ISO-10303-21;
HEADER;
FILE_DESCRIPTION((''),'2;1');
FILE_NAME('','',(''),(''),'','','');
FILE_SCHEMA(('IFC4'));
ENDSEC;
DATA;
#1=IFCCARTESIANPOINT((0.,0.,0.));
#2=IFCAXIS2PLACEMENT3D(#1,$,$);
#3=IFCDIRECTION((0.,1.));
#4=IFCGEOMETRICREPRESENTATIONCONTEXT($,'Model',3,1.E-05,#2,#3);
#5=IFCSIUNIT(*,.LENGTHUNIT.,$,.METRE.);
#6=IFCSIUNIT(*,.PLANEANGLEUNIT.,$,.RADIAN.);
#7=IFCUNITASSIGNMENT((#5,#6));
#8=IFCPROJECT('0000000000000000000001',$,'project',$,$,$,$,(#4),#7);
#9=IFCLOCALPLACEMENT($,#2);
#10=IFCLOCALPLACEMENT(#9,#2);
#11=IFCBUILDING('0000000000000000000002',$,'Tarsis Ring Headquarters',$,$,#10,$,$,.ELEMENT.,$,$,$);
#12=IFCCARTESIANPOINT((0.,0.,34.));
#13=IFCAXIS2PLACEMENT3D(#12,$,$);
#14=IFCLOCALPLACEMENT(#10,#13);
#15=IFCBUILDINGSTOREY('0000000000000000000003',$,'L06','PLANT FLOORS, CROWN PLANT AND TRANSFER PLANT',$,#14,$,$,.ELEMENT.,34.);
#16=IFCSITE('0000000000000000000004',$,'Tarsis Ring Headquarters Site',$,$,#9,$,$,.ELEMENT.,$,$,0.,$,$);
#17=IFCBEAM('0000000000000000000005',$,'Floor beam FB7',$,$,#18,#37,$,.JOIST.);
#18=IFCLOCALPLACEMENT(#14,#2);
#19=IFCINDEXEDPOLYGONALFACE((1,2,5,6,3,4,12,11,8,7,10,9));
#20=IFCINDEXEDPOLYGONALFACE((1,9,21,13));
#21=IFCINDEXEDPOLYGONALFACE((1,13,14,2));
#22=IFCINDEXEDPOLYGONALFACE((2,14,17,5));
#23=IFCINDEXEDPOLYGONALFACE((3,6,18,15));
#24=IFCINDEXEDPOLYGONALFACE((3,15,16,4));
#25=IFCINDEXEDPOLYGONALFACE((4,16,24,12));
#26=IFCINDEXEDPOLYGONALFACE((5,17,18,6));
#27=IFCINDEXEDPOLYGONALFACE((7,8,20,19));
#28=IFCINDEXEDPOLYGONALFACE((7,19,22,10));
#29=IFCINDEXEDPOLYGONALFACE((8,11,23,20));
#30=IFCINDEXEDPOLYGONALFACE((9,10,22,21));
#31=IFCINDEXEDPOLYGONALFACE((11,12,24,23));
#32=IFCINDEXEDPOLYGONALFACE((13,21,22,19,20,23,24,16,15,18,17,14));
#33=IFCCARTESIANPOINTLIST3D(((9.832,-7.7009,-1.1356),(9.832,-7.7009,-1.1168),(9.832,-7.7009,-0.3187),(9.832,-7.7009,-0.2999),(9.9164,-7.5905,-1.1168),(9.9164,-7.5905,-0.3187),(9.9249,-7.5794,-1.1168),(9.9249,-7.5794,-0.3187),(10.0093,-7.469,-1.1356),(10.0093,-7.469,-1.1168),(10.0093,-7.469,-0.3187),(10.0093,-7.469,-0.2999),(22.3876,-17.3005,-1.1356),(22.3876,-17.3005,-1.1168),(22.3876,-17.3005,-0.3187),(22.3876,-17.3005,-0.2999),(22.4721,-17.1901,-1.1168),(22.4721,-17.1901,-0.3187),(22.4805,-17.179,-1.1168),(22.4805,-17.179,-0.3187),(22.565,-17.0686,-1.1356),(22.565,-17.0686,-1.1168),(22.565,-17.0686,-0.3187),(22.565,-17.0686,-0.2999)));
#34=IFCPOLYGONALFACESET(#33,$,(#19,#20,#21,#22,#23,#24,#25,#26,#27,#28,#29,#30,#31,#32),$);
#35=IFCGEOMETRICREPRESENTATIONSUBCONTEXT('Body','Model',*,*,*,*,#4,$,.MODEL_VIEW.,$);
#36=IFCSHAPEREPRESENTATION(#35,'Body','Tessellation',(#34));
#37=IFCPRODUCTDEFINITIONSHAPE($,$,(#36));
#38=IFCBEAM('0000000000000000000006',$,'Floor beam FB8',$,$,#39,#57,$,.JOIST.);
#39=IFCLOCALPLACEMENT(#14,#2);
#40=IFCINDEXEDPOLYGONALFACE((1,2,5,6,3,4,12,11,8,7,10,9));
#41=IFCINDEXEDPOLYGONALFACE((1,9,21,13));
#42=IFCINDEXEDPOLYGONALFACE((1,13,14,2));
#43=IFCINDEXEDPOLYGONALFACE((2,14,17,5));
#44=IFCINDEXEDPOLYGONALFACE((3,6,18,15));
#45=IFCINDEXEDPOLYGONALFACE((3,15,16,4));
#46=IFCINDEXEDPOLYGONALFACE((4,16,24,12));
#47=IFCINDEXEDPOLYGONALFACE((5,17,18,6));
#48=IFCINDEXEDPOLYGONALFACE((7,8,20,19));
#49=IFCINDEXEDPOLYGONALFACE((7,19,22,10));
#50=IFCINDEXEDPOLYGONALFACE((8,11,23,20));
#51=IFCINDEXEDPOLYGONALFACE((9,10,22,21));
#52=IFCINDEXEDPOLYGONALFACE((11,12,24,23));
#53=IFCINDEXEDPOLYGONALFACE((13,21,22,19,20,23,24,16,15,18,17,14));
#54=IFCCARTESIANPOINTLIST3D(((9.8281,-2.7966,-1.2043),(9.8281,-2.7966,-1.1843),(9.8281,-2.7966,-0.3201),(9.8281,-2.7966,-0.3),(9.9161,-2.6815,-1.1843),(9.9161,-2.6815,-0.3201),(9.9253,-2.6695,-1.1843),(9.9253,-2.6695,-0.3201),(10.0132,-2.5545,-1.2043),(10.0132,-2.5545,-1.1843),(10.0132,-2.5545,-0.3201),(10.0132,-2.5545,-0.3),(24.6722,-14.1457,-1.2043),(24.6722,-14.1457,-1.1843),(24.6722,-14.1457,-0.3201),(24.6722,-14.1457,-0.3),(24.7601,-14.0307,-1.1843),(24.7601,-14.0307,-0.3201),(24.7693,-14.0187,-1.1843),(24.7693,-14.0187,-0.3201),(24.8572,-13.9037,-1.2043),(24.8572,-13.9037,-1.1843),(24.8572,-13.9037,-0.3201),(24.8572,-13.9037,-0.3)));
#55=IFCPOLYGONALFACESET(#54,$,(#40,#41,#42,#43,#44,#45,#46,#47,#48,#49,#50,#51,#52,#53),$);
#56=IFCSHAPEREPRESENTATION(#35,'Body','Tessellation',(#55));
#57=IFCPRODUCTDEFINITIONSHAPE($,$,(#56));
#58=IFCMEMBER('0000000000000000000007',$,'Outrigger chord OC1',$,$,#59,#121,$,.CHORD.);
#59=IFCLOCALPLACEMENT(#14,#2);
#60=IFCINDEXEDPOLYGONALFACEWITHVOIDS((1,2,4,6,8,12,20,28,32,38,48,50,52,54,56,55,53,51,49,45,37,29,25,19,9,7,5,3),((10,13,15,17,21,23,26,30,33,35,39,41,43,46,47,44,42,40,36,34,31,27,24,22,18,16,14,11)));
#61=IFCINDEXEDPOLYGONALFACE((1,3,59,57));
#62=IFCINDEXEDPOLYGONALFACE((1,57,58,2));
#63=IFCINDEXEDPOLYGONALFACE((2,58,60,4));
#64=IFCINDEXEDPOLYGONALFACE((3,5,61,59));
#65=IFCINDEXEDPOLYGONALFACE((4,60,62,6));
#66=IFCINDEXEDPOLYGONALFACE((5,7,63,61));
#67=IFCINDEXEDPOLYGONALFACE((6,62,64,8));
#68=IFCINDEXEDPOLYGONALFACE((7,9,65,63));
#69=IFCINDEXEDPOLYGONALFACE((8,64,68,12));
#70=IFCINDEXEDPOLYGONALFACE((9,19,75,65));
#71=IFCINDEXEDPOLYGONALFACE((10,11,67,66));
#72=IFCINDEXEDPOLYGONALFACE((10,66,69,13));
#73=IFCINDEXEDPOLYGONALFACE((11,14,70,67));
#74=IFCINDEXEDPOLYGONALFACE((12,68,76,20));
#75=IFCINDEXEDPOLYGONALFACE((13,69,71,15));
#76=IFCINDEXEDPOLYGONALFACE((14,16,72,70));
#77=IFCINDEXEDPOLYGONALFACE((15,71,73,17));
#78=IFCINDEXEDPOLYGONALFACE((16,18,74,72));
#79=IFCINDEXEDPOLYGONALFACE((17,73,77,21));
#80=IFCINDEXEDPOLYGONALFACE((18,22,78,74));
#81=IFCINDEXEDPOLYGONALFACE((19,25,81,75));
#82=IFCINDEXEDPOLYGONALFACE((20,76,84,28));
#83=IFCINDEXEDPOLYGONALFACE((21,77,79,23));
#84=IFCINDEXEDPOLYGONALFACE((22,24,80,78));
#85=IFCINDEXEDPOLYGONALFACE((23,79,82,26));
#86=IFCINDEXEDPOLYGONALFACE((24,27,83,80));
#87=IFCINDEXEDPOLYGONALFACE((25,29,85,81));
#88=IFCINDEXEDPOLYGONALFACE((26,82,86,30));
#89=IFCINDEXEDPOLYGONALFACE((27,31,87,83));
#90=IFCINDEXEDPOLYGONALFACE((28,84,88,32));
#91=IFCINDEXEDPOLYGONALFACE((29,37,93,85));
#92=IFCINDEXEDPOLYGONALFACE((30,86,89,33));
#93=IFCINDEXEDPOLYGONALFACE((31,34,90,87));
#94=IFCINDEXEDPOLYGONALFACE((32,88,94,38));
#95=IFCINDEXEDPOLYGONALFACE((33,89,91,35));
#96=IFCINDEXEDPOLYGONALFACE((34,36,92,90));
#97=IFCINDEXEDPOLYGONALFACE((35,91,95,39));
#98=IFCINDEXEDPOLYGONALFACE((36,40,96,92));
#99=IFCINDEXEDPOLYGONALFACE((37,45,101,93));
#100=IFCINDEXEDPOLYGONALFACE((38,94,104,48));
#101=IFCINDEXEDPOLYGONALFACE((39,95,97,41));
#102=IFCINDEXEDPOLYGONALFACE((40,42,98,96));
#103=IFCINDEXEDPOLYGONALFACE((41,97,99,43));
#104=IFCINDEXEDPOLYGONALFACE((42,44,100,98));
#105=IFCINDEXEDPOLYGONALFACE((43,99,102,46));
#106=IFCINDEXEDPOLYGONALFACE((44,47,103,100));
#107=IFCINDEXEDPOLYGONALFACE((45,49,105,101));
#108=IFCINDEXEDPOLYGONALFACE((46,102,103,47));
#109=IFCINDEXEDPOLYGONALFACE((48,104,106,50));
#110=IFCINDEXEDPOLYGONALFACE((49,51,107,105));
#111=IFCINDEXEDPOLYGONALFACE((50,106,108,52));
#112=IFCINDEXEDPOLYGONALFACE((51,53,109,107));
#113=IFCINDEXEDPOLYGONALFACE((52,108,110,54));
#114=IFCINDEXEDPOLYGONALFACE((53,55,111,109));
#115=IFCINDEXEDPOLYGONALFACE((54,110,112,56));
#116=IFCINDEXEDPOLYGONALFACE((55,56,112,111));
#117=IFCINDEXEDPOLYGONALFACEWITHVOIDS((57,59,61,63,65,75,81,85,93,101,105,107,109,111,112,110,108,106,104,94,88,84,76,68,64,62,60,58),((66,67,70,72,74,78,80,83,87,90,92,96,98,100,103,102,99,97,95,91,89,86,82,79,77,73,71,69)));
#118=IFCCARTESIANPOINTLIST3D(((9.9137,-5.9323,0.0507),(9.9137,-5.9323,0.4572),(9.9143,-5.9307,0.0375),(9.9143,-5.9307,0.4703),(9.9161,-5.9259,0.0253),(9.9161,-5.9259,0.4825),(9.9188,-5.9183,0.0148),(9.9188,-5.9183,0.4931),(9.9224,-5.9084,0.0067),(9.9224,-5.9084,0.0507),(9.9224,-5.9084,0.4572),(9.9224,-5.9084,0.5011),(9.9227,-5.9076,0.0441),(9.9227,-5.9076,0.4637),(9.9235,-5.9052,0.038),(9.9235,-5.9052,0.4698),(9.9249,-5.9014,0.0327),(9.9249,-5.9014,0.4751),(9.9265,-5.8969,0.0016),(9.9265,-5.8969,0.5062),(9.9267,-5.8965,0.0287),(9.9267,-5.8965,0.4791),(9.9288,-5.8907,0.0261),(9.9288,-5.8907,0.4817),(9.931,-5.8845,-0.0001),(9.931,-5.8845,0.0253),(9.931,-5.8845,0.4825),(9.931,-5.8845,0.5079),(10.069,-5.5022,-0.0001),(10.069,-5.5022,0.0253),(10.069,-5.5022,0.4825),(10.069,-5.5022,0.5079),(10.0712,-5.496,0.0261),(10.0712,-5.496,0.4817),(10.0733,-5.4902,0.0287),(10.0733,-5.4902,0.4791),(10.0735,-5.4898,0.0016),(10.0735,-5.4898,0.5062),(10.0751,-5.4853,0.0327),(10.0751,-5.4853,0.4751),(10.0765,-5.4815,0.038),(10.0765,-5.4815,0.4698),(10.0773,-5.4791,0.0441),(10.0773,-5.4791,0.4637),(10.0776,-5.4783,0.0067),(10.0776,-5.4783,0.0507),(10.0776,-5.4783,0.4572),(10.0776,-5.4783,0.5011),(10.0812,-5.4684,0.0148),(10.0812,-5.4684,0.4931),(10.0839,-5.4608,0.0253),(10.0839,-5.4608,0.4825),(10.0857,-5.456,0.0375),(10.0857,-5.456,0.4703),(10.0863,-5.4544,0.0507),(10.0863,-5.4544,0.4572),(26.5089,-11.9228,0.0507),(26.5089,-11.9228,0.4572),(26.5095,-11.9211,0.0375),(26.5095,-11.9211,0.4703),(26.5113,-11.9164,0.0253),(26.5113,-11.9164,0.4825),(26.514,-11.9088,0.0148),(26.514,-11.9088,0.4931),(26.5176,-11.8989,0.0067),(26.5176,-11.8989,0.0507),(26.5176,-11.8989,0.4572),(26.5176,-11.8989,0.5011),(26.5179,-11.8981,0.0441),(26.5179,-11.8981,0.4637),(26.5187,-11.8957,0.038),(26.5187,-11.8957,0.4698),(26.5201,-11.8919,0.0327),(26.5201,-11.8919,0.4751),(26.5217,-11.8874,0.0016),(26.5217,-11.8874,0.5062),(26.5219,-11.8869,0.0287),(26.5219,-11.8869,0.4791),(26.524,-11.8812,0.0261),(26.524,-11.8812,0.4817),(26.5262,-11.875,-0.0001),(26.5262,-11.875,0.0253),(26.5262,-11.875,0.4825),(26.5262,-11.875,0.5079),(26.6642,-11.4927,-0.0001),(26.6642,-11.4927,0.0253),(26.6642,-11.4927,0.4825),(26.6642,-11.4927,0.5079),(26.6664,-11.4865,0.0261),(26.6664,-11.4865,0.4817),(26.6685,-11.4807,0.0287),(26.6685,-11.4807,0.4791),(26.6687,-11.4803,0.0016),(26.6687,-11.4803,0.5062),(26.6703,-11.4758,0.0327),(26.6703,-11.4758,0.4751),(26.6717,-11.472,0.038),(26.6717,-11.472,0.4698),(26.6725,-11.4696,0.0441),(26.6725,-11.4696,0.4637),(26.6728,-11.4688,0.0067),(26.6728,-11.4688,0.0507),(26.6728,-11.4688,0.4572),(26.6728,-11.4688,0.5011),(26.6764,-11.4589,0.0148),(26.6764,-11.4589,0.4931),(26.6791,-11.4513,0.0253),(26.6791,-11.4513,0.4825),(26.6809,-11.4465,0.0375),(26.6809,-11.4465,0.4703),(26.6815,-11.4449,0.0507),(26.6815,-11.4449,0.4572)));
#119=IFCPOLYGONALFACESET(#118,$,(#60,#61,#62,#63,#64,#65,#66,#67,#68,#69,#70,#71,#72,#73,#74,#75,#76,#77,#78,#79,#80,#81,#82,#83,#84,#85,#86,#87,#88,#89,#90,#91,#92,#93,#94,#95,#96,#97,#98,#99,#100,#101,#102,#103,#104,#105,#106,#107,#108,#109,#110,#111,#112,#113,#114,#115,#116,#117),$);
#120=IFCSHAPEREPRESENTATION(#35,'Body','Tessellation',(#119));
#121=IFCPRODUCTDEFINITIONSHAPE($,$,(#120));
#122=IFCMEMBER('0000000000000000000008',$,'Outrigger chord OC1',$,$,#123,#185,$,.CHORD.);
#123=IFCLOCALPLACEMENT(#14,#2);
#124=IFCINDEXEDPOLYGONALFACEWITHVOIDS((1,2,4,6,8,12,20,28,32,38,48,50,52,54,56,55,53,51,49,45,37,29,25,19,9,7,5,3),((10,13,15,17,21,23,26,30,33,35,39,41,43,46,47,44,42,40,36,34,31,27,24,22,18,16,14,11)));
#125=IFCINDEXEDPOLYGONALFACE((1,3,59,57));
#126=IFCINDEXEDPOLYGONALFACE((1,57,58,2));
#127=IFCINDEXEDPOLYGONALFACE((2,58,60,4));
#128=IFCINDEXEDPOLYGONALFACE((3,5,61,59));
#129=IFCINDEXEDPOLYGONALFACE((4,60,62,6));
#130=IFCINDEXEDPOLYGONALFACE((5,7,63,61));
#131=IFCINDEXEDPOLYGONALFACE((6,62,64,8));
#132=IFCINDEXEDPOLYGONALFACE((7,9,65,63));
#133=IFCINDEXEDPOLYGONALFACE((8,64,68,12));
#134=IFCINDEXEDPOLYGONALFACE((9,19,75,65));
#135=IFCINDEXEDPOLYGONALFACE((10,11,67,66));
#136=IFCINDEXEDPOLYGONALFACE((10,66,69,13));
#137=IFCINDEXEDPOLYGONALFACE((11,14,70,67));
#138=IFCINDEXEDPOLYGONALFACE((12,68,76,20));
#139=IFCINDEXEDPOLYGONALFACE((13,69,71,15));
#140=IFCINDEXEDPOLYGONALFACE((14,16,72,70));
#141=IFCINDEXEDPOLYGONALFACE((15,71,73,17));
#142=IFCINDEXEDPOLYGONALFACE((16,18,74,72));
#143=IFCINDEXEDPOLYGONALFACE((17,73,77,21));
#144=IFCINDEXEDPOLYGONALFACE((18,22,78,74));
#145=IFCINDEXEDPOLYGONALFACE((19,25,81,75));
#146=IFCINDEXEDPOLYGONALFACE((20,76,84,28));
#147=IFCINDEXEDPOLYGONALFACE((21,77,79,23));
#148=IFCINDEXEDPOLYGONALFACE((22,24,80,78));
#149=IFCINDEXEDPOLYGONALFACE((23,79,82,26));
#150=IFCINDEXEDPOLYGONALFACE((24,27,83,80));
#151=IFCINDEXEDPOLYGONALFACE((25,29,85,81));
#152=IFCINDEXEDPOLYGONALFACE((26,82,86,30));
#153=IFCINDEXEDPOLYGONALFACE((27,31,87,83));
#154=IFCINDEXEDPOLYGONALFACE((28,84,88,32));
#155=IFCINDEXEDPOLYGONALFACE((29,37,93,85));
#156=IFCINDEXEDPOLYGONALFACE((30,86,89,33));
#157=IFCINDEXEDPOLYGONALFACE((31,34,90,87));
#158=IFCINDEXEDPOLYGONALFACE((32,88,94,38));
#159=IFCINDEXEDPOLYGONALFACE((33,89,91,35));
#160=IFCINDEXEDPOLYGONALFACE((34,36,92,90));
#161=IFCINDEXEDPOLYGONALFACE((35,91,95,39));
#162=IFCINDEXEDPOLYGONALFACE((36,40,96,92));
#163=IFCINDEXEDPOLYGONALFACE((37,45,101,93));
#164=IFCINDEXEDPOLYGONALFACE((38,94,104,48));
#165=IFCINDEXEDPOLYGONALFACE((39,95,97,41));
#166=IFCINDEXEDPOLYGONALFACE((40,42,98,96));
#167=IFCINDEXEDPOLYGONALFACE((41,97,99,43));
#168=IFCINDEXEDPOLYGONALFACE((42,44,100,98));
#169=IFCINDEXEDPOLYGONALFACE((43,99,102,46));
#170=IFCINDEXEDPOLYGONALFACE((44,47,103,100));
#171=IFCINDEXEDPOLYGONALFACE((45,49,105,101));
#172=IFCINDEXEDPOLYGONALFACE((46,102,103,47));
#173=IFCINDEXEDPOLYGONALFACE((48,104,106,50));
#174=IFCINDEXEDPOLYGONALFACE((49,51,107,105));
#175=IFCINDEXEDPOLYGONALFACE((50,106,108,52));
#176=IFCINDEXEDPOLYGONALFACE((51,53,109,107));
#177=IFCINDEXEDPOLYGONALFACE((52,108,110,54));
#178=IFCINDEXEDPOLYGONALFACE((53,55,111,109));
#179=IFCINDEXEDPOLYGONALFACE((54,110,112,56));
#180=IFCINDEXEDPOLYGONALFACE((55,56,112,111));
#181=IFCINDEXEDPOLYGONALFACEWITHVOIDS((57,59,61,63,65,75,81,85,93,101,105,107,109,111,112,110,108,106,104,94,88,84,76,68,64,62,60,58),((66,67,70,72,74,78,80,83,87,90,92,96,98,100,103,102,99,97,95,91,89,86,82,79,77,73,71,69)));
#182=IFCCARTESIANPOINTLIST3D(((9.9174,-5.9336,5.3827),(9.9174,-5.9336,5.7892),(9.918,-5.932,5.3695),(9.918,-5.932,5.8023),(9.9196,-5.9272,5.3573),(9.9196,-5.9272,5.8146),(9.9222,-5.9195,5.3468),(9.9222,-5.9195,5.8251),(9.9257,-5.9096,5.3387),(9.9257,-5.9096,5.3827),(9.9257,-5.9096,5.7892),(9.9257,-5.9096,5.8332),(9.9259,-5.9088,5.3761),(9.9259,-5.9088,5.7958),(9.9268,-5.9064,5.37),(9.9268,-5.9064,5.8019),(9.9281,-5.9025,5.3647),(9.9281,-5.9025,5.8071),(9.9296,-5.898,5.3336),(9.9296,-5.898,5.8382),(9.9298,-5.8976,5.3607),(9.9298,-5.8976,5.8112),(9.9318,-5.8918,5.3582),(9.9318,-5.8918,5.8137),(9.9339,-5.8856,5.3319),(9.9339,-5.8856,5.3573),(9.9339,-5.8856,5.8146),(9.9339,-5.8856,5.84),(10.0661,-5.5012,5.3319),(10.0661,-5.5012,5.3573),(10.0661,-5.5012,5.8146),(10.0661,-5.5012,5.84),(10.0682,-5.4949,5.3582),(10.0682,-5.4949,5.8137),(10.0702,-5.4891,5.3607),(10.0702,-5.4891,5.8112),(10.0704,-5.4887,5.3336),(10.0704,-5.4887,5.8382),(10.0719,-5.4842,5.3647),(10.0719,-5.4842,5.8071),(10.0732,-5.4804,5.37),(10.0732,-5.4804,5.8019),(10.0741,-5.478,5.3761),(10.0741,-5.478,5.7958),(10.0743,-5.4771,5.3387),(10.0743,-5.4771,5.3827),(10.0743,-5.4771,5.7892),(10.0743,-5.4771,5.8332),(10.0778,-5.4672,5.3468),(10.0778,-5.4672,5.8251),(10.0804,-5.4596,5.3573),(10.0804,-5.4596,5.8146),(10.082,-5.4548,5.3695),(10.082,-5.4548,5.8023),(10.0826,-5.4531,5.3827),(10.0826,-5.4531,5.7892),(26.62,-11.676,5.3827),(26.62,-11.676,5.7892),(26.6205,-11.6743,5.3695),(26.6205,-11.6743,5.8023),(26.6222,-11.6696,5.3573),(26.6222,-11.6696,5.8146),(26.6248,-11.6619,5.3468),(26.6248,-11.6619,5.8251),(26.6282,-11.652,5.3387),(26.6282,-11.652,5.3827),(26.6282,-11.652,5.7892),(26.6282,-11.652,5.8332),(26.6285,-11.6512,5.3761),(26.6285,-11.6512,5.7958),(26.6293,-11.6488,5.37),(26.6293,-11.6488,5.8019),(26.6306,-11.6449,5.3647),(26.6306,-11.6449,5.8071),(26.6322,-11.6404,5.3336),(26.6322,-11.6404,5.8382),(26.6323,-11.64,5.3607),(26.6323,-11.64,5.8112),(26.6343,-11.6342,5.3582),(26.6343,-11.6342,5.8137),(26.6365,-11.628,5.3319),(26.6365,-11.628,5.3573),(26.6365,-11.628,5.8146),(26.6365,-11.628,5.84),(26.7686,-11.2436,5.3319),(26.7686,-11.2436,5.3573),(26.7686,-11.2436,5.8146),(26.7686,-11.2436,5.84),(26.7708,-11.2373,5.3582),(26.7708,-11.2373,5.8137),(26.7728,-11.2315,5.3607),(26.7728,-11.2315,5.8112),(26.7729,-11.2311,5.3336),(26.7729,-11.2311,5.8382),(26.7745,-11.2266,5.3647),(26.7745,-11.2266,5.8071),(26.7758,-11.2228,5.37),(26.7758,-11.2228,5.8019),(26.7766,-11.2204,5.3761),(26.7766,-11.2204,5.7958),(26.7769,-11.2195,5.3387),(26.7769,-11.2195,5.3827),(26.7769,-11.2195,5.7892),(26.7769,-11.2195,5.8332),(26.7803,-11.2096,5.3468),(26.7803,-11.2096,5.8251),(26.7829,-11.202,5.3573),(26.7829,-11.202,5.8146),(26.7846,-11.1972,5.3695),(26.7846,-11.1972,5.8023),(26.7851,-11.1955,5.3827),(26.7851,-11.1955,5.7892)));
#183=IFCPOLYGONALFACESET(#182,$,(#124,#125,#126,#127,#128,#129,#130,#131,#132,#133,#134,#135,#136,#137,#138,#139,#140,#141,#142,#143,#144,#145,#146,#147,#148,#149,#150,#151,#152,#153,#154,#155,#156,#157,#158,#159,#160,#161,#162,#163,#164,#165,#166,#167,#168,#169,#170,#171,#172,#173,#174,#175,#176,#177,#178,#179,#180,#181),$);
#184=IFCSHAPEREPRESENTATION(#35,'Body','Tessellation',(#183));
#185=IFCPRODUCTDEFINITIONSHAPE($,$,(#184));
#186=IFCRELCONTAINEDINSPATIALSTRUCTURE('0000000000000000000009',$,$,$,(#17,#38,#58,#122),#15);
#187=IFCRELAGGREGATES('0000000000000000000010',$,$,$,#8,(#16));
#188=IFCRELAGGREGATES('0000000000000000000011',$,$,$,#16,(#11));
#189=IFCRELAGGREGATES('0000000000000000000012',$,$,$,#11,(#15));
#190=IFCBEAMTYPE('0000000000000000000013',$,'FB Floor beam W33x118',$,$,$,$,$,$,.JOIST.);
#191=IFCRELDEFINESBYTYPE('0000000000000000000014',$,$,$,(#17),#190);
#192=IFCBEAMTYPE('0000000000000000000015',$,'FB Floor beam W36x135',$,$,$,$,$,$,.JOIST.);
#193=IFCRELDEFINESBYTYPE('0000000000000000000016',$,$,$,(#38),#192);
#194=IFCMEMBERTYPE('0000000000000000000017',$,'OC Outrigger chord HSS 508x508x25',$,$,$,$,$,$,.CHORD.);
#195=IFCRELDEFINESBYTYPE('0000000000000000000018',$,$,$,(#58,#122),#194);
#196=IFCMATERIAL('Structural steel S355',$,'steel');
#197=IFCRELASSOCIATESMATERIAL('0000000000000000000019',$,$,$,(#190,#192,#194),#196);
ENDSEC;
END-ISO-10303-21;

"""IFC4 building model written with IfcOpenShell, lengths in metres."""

from ifc_helpers import new_model, si_unit, direction, frame, origin, origin_2d, place, context, subcontext, project, spatial, hollow_rectangle, i_section, extrude, material, material_profile, profile_set, type_object, element, save


model = new_model("IFC4")

# Units and contexts
model_context = context("Model", 3, precision=1e-05, world=origin(), true_north=direction((0.0, 1.0)))
body_context = subcontext(model_context, "Body", "Model", "MODEL_VIEW")
ifc_project = project(units=[si_unit("LENGTHUNIT", "METRE"), si_unit("PLANEANGLEUNIT", "RADIAN")], contexts=[model_context])

# Site, building, storey
site_placement = place(None, origin())
site = spatial("IfcSite", under=ifc_project, at=site_placement, Name="Tarsis Ring Headquarters Site", CompositionType="ELEMENT", RefElevation=0.0)
building_placement = place(site_placement, origin())
building = spatial("IfcBuilding", under=site, at=building_placement, Name="Tarsis Ring Headquarters", CompositionType="ELEMENT")
storey_placement = place(building_placement, frame((0.0, 0.0, 34.0)))
storey = spatial("IfcBuildingStorey", under=building, at=storey_placement, Name="L06", Description="PLANT FLOORS, CROWN PLANT AND TRANSFER PLANT", CompositionType="ELEMENT", Elevation=34.0)

# Beams
ifc_material_1 = material(Name="Structural steel S355", Category="steel")
ifc_material_profile_1 = material_profile(ifc_material_1, i_section(OverallWidth=0.292, OverallDepth=0.8357, WebThickness=0.0139, FlangeThickness=0.0188, at=origin_2d()), Name="W33x118")
ifc_profile_set_1 = profile_set([ifc_material_profile_1], Name="Structural steel S355")
beam_type_1 = type_object("IfcBeamType", Name="FB Floor beam W33x118", PredefinedType="JOIST", material=ifc_profile_set_1)
beam_1_placement = place(storey_placement, frame((9.9207, -7.585, -0.7178), z_axis=(0.794412, -0.607379, 0.0), x_axis=(0.607379, 0.794412, 0.0)))
element("IfcBeam", 1, at=beam_1_placement, inside=storey, type_object=beam_type_1, Name="Floor beam FB7", PredefinedType="JOIST", context=body_context, shape_type="SweptSolid", body=[
    extrude(i_section(OverallWidth=0.292, OverallDepth=0.8357, WebThickness=0.0139, FlangeThickness=0.0188, at=origin_2d()), origin(), (0.0, 0.0, 1.0), 15.8049),
])
ifc_material_profile_2 = material_profile(ifc_material_1, i_section(OverallWidth=0.3047, OverallDepth=0.9043, WebThickness=0.0151, FlangeThickness=0.02, at=origin_2d()), Name="W36x135")
ifc_profile_set_2 = profile_set([ifc_material_profile_2], Name="Structural steel S355")
beam_type_2 = type_object("IfcBeamType", Name="FB Floor beam W36x135", PredefinedType="JOIST", material=ifc_profile_set_2)
beam_2_placement = place(storey_placement, frame((9.9207, -2.6755, -0.7522), z_axis=(0.794414, -0.607377, 0.0), x_axis=(0.607377, 0.794414, 0.0)))
element("IfcBeam", 2, at=beam_2_placement, inside=storey, type_object=beam_type_2, Name="Floor beam FB8", PredefinedType="JOIST", context=body_context, shape_type="SweptSolid", body=[
    extrude(i_section(OverallWidth=0.3047, OverallDepth=0.9043, WebThickness=0.0151, FlangeThickness=0.02, at=origin_2d()), origin(), (0.0, 0.0, 1.0), 18.6855),
])

# Members
ifc_material_profile_3 = material_profile(ifc_material_1, hollow_rectangle(XDim=0.5081, YDim=0.5081, WallThickness=0.0254, InnerFilletRadius=0.0254, OuterFilletRadius=0.0508, at=origin_2d()), Name="HSS 508x508x25")
ifc_profile_set_3 = profile_set([ifc_material_profile_3], Name="Structural steel S355")
member_type_1 = type_object("IfcMemberType", Name="OC Outrigger chord HSS 508x508x25", PredefinedType="CHORD", material=ifc_profile_set_3)
member_1_placement = place(storey_placement, frame((10.0, -5.6934, 0.2539), z_axis=(0.940594, -0.339532, 0.0), x_axis=(0.339532, 0.940594, 0.0)))
element("IfcMember", 3, at=member_1_placement, inside=storey, type_object=member_type_1, Name="Outrigger chord OC1", PredefinedType="CHORD", context=body_context, shape_type="SweptSolid", body=[
    extrude(hollow_rectangle(XDim=0.5081, YDim=0.5081, WallThickness=0.0254, InnerFilletRadius=0.0254, OuterFilletRadius=0.0508, at=origin_2d()), origin(), (0.0, 0.0, 1.0), 17.6433),
])
member_2_placement = place(storey_placement, frame((10.0, -5.6934, 5.5859), z_axis=(0.945671, -0.325125, 0.0), x_axis=(0.325125, 0.945671, 0.0)))
element("IfcMember", 4, at=member_2_placement, inside=storey, type_object=member_type_1, Name="Outrigger chord OC1", PredefinedType="CHORD", context=body_context, shape_type="SweptSolid", body=[
    extrude(hollow_rectangle(XDim=0.5081, YDim=0.5081, WallThickness=0.0254, InnerFilletRadius=0.0254, OuterFilletRadius=0.0508, at=origin_2d()), origin(), (0.0, 0.0, 1.0), 17.6621),
])

save(model, "model.ifc")
